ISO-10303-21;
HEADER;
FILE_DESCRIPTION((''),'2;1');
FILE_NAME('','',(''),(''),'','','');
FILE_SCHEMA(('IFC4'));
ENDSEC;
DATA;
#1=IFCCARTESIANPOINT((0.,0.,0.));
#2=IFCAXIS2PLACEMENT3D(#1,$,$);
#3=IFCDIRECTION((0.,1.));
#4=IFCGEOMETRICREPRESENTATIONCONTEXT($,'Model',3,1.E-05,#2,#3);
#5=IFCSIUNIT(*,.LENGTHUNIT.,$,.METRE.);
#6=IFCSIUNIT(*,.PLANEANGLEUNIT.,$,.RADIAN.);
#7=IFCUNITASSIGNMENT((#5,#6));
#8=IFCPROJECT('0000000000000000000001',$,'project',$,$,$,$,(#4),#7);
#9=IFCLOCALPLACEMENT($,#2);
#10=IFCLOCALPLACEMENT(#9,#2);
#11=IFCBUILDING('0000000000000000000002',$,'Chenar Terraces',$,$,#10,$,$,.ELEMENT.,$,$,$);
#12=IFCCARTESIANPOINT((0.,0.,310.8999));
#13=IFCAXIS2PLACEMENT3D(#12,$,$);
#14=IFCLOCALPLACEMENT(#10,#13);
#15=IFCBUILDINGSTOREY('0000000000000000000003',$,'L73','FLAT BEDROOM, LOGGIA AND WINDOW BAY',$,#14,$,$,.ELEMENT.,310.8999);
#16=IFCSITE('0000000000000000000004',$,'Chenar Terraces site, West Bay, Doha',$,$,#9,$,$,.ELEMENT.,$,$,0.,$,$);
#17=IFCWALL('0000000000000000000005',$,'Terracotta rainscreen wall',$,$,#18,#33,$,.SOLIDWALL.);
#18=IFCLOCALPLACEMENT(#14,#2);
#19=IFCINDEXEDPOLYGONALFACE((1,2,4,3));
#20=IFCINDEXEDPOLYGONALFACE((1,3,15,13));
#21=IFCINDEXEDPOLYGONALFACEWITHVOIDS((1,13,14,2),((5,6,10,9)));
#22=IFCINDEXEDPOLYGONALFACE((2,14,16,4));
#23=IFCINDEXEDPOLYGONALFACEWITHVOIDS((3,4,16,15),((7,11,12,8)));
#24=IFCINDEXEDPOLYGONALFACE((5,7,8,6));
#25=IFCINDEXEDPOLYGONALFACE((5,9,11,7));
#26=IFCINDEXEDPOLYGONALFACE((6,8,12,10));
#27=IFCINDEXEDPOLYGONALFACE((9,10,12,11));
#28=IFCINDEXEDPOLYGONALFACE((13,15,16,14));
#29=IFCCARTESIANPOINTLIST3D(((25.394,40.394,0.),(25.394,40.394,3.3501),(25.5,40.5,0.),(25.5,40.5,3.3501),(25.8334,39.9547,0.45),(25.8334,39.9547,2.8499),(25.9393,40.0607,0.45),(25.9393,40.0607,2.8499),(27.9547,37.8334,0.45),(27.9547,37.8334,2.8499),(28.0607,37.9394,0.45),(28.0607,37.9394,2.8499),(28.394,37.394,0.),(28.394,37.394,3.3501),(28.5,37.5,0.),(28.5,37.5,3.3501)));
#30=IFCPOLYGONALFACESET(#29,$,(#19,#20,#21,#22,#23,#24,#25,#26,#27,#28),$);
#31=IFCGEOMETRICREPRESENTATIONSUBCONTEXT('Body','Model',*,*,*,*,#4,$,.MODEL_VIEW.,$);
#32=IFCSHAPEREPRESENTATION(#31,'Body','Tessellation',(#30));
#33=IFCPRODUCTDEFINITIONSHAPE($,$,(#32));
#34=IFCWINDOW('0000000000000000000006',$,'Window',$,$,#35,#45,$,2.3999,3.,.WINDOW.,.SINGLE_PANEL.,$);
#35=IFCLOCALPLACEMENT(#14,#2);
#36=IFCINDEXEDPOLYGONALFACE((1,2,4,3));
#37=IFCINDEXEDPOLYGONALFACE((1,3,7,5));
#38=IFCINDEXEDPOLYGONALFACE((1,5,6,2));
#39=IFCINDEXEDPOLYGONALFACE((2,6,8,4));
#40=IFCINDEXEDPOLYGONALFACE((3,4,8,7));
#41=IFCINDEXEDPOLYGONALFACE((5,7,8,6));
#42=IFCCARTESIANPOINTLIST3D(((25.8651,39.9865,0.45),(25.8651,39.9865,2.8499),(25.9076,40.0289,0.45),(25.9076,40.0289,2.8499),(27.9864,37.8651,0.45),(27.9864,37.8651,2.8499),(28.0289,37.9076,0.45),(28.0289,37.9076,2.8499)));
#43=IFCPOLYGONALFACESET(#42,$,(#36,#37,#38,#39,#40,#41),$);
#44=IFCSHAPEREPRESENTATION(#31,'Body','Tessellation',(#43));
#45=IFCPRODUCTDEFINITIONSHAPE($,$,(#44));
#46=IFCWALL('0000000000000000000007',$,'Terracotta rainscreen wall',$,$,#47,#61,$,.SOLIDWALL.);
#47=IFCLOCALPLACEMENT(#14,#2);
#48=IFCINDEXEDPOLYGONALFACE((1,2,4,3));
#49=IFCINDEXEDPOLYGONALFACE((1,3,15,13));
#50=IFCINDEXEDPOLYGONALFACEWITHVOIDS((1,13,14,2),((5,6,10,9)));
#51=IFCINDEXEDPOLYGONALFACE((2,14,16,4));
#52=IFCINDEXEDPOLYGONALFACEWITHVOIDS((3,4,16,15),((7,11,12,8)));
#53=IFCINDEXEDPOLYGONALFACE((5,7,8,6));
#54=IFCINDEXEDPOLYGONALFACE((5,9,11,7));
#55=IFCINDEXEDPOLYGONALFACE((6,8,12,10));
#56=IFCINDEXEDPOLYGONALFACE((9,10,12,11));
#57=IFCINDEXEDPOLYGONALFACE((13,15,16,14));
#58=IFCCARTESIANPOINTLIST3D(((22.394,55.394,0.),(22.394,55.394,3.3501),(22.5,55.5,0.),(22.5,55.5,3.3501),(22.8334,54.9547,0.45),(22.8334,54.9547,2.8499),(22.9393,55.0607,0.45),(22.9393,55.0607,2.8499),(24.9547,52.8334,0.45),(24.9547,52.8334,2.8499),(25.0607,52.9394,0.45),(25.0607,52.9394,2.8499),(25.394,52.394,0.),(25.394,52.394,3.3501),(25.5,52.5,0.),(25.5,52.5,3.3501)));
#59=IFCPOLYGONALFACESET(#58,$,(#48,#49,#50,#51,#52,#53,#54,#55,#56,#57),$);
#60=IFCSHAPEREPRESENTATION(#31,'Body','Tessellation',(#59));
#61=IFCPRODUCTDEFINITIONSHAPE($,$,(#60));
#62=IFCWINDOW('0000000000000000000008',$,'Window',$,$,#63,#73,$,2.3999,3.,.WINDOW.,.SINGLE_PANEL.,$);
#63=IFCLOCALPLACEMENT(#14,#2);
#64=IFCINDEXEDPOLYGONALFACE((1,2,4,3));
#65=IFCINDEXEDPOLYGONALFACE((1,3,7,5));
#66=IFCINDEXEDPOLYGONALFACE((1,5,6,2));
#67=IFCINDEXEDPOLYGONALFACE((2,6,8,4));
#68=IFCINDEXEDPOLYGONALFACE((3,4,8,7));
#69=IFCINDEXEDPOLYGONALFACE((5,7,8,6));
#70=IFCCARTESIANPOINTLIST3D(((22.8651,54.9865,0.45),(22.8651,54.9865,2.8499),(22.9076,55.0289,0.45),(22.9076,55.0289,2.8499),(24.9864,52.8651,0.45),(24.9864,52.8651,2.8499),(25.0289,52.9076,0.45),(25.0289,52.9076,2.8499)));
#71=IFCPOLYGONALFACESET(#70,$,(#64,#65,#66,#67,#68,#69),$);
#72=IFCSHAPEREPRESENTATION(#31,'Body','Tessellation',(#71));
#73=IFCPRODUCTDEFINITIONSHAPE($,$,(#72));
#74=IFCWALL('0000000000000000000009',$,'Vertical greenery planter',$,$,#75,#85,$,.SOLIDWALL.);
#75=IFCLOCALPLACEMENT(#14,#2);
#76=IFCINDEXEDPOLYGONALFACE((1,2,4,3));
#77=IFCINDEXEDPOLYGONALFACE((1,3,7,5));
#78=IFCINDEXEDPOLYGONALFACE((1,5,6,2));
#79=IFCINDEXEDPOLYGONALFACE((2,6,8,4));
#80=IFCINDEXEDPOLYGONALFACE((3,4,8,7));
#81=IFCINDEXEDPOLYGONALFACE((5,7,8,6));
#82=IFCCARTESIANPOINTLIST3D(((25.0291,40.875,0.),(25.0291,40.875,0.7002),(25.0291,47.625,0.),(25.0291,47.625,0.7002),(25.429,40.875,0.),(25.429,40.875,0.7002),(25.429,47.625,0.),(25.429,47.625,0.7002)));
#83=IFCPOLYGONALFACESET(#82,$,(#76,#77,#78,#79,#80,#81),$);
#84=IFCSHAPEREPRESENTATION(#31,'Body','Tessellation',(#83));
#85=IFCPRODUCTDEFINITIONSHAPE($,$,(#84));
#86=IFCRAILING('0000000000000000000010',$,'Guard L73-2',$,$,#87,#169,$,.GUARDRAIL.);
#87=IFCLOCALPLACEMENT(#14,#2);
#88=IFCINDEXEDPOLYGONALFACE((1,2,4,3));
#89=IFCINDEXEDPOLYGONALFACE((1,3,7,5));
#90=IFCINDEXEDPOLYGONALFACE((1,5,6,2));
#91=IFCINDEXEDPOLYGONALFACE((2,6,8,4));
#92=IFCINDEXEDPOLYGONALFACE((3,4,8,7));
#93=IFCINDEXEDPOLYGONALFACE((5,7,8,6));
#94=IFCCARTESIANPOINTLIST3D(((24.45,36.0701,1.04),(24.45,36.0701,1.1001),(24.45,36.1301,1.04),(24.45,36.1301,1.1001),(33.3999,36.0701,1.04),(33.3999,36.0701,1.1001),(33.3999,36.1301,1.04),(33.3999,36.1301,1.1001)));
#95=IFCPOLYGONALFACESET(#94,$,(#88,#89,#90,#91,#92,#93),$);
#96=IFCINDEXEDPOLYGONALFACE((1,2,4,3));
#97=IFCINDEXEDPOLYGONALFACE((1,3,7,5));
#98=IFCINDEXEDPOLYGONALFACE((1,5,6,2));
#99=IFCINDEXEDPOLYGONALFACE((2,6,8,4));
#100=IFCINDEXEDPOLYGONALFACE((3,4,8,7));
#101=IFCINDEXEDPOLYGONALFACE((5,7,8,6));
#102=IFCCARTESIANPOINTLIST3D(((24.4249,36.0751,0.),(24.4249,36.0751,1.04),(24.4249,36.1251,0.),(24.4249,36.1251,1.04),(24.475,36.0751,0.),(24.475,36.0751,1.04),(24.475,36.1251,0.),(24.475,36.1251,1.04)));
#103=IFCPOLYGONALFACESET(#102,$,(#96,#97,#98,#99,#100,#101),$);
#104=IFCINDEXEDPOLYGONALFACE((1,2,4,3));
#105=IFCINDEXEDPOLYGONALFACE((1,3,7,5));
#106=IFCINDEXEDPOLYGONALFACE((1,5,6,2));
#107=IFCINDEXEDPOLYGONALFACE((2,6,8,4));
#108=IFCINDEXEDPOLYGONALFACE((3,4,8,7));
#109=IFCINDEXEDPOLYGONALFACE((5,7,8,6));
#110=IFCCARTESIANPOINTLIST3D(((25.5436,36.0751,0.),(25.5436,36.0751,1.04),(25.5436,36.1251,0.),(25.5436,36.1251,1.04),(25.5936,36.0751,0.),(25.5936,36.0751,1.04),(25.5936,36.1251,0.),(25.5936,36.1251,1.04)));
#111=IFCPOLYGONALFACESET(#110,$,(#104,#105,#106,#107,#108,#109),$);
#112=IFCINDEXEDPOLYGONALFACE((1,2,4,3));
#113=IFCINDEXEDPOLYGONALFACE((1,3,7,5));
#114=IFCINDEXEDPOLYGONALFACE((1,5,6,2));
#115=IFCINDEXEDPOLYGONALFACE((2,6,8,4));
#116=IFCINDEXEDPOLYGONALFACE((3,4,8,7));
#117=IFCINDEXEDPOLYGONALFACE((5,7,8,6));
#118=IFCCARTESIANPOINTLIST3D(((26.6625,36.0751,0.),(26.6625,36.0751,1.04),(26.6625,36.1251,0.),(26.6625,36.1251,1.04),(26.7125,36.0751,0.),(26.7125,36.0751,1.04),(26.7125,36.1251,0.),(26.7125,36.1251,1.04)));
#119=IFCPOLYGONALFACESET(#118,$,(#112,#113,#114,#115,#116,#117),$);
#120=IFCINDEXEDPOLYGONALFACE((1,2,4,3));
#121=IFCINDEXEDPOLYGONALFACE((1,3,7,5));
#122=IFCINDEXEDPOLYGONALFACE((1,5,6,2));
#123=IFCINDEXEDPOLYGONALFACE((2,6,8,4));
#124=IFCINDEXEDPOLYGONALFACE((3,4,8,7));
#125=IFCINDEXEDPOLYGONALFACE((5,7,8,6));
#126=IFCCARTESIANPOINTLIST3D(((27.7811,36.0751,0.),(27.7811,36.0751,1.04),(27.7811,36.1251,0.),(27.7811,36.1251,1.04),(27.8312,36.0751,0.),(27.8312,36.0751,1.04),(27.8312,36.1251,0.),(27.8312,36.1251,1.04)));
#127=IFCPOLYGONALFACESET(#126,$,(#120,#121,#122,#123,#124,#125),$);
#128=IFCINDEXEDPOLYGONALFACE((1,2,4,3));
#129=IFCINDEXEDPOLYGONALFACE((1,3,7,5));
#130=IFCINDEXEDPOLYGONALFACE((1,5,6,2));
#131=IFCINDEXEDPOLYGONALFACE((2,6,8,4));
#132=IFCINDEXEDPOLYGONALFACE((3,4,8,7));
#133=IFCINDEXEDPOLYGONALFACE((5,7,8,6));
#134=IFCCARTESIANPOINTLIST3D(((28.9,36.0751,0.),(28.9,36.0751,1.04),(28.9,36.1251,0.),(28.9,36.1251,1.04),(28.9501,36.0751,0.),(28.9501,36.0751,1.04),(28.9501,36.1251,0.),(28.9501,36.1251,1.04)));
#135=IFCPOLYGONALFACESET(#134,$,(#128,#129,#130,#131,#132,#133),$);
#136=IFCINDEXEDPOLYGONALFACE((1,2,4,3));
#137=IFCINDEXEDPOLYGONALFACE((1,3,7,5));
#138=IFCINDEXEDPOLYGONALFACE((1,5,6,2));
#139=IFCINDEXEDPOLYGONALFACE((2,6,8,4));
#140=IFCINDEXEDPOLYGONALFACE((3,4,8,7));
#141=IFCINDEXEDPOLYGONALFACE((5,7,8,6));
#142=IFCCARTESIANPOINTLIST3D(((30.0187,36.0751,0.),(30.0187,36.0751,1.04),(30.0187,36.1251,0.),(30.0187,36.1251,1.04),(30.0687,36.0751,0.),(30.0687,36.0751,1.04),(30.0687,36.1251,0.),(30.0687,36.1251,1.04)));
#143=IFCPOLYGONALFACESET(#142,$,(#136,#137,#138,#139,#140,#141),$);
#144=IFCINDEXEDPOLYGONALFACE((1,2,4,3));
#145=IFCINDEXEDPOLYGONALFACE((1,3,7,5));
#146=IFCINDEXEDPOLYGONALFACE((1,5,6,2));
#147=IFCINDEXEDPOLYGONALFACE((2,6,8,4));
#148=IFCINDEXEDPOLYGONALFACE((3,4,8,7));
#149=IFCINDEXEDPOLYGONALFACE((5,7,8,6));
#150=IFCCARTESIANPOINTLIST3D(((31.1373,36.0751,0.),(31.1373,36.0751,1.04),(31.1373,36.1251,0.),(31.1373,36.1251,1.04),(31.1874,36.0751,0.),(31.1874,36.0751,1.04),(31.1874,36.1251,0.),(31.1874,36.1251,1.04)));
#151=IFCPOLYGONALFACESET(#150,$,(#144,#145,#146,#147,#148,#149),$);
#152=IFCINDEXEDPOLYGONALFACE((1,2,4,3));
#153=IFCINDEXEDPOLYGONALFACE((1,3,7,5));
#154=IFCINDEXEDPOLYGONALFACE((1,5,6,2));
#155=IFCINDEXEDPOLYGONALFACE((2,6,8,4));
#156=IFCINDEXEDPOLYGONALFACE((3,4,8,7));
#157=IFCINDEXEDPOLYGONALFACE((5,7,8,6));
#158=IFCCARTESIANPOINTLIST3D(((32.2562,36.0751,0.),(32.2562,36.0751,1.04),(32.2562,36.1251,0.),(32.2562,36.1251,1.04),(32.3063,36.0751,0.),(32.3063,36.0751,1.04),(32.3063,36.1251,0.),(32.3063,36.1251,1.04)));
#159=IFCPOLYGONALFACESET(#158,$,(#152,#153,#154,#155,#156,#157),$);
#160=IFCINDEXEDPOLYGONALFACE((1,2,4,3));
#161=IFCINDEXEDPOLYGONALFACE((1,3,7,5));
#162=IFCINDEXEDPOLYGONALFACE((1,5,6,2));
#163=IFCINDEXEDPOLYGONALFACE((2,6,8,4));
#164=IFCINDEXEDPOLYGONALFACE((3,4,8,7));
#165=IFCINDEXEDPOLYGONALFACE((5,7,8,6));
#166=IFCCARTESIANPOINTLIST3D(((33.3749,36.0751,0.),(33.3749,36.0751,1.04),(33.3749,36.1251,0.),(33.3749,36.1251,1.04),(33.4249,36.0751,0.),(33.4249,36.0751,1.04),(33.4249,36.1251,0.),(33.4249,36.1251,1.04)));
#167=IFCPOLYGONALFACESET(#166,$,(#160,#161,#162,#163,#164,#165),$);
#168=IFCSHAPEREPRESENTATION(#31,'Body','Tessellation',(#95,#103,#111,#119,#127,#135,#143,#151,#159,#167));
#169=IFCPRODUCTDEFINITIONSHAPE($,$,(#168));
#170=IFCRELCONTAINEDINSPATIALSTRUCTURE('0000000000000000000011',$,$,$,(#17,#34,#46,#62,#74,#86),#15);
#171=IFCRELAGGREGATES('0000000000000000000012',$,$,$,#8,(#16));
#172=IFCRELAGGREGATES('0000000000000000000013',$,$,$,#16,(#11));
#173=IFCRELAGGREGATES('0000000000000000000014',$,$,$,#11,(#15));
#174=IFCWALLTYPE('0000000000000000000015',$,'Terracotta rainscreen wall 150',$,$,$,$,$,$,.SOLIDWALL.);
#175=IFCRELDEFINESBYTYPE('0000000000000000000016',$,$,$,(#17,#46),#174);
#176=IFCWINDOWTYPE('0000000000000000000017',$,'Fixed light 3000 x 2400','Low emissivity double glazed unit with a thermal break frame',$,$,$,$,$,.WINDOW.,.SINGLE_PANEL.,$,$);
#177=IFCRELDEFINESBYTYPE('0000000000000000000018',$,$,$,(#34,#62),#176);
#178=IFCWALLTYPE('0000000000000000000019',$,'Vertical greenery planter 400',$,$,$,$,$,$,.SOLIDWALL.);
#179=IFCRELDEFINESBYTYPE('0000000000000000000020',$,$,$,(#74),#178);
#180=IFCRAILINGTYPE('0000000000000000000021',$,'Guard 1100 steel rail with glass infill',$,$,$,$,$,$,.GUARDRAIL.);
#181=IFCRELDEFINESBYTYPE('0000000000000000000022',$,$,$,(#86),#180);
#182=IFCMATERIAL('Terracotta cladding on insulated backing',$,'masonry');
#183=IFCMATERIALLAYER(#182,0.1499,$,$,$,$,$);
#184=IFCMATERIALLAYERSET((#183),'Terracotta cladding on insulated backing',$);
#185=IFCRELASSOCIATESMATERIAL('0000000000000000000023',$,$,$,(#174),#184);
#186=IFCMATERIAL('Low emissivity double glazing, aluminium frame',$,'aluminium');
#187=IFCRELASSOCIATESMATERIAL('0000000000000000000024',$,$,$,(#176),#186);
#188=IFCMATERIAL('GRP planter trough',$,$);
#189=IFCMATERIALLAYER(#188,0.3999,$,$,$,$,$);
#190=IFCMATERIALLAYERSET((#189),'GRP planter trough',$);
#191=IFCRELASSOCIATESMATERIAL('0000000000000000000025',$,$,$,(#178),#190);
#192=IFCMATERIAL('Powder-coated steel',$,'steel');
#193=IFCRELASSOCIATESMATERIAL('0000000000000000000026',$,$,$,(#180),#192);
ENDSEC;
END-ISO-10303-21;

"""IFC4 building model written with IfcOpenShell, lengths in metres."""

from ifc_helpers import new_model, si_unit, direction, frame, frame_2d, origin, origin_2d, place, context, subcontext, project, spatial, rectangle, extrude, material, layer, layer_set, type_object, element, fill, save


model = new_model("IFC4")

# Units and contexts
model_context = context("Model", 3, precision=1e-05, world=origin(), true_north=direction((0.0, 1.0)))
body_context = subcontext(model_context, "Body", "Model", "MODEL_VIEW")
ifc_project = project(units=[si_unit("LENGTHUNIT", "METRE"), si_unit("PLANEANGLEUNIT", "RADIAN")], contexts=[model_context])

# Site, building, storey
site_placement = place(None, origin())
site = spatial("IfcSite", under=ifc_project, at=site_placement, Name="Chenar Terraces site, West Bay, Doha", CompositionType="ELEMENT", RefElevation=0.0)
building_placement = place(site_placement, origin())
building = spatial("IfcBuilding", under=site, at=building_placement, Name="Chenar Terraces", CompositionType="ELEMENT")
storey_placement = place(building_placement, frame((0.0, 0.0, 310.8999)))
storey = spatial("IfcBuildingStorey", under=building, at=storey_placement, Name="L73", Description="FLAT BEDROOM, LOGGIA AND WINDOW BAY", CompositionType="ELEMENT", Elevation=310.8999)

# Walls, openings, windows
ifc_material_1 = material(Name="Terracotta cladding on insulated backing", Category="masonry")
ifc_layer_1 = layer(ifc_material_1, 0.1499)
ifc_layer_set_1 = layer_set([ifc_layer_1], Name="Terracotta cladding on insulated backing")
wall_type_1 = type_object("IfcWallType", Name="Terracotta rainscreen wall 150", PredefinedType="SOLIDWALL", material=ifc_layer_set_1)
wall_1_placement = place(storey_placement, frame((28.447, 37.447, 0.0), z_axis=(0.0, 0.0, 1.0), x_axis=(-0.707107, 0.707107, 0.0)))
wall_1 = element("IfcWall", 1, at=wall_1_placement, inside=storey, type_object=wall_type_1, Name="Terracotta rainscreen wall", PredefinedType="SOLIDWALL", context=body_context, shape_type="SweptSolid", body=[
    extrude(rectangle(XDim=4.2427, YDim=0.1499, at=frame_2d((2.1213, 0.0))), origin(), (0.0, 0.0, 1.0), 3.3501),
])
opening_1_placement = place(wall_1_placement, frame((0.6213, 0.0, 0.45)))
opening_1 = element("IfcOpeningElement", 2, at=opening_1_placement, cuts=wall_1, PredefinedType="OPENING", context=body_context, shape_type="SweptSolid", body=[
    extrude(rectangle(XDim=3.0, YDim=2.3999, at=frame_2d((1.5, 1.2))), frame((0.0, 0.085, 0.0), z_axis=(0.0, -1.0, 0.0), x_axis=(1.0, 0.0, 0.0)), (0.0, 0.0, 1.0), 0.1699),
])
ifc_material_2 = material(Name="Low emissivity double glazing, aluminium frame", Category="aluminium")
window_type_1 = type_object("IfcWindowType", Name="Fixed light 3000 x 2400", Description="Low emissivity double glazed unit with a thermal break frame", PartitioningType="SINGLE_PANEL", PredefinedType="WINDOW", material=ifc_material_2)
window_1_placement = place(opening_1_placement, origin())
window_1 = element("IfcWindow", 3, at=window_1_placement, inside=storey, type_object=window_type_1, Name="Window", OverallHeight=2.3999, OverallWidth=3.0, PartitioningType="SINGLE_PANEL", PredefinedType="WINDOW", context=body_context, shape_type="SweptSolid", body=[
    extrude(rectangle(XDim=3.0, YDim=2.3999, at=frame_2d((1.5, 1.2))), frame((0.0, 0.03, 0.0), z_axis=(0.0, -1.0, 0.0), x_axis=(1.0, 0.0, 0.0)), (0.0, 0.0, 1.0), 0.0601),
])
fill(opening_1, window_1)
wall_2_placement = place(storey_placement, frame((25.447, 52.447, 0.0), z_axis=(0.0, 0.0, 1.0), x_axis=(-0.707107, 0.707107, 0.0)))
wall_2 = element("IfcWall", 4, at=wall_2_placement, inside=storey, type_object=wall_type_1, Name="Terracotta rainscreen wall", PredefinedType="SOLIDWALL", context=body_context, shape_type="SweptSolid", body=[
    extrude(rectangle(XDim=4.2427, YDim=0.1499, at=frame_2d((2.1213, 0.0))), origin(), (0.0, 0.0, 1.0), 3.3501),
])
opening_2_placement = place(wall_2_placement, frame((0.6213, 0.0, 0.45)))
opening_2 = element("IfcOpeningElement", 5, at=opening_2_placement, cuts=wall_2, PredefinedType="OPENING", context=body_context, shape_type="SweptSolid", body=[
    extrude(rectangle(XDim=3.0, YDim=2.3999, at=frame_2d((1.5, 1.2))), frame((0.0, 0.085, 0.0), z_axis=(0.0, -1.0, 0.0), x_axis=(1.0, 0.0, 0.0)), (0.0, 0.0, 1.0), 0.1699),
])
window_2_placement = place(opening_2_placement, origin())
window_2 = element("IfcWindow", 6, at=window_2_placement, inside=storey, type_object=window_type_1, Name="Window", OverallHeight=2.3999, OverallWidth=3.0, PartitioningType="SINGLE_PANEL", PredefinedType="WINDOW", context=body_context, shape_type="SweptSolid", body=[
    extrude(rectangle(XDim=3.0, YDim=2.3999, at=frame_2d((1.5, 1.2))), frame((0.0, 0.03, 0.0), z_axis=(0.0, -1.0, 0.0), x_axis=(1.0, 0.0, 0.0)), (0.0, 0.0, 1.0), 0.0601),
])
fill(opening_2, window_2)

# Wall
ifc_material_3 = material(Name="GRP planter trough")
ifc_layer_2 = layer(ifc_material_3, 0.3999)
ifc_layer_set_2 = layer_set([ifc_layer_2], Name="GRP planter trough")
wall_type_2 = type_object("IfcWallType", Name="Vertical greenery planter 400", PredefinedType="SOLIDWALL", material=ifc_layer_set_2)
wall_3_placement = place(storey_placement, frame((25.229, 40.875, 0.0), z_axis=(0.0, 0.0, 1.0), x_axis=(0.0, 1.0, 0.0)))
element("IfcWall", 7, at=wall_3_placement, inside=storey, type_object=wall_type_2, Name="Vertical greenery planter", PredefinedType="SOLIDWALL", context=body_context, shape_type="SweptSolid", body=[
    extrude(rectangle(XDim=6.75, YDim=0.3999, at=frame_2d((3.375, 0.0))), origin(), (0.0, 0.0, 1.0), 0.7002),
])

# Railing
ifc_material_4 = material(Name="Powder-coated steel", Category="steel")
railing_type_1 = type_object("IfcRailingType", Name="Guard 1100 steel rail with glass infill", PredefinedType="GUARDRAIL", material=ifc_material_4)
railing_1_placement = place(storey_placement, frame((24.45, 36.1001, 0.0)))
element("IfcRailing", 8, at=railing_1_placement, inside=storey, type_object=railing_type_1, Name="Guard L73-2", PredefinedType="GUARDRAIL", context=body_context, shape_type="SweptSolid", body=[
    extrude(rectangle(XDim=0.0601, YDim=0.0601, at=origin_2d()), frame((0.0, 0.0, 1.0701), z_axis=(1.0, 0.0, 0.0), x_axis=(0.0, 1.0, 0.0)), (0.0, 0.0, 1.0), 8.95),
    extrude(rectangle(XDim=0.05, YDim=0.05, at=origin_2d()), origin(), (0.0, 0.0, 1.0), 1.04),
    extrude(rectangle(XDim=0.05, YDim=0.05, at=origin_2d()), frame((1.1187, 0.0, 0.0)), (0.0, 0.0, 1.0), 1.04),
    extrude(rectangle(XDim=0.05, YDim=0.05, at=origin_2d()), frame((2.2375, 0.0, 0.0)), (0.0, 0.0, 1.0), 1.04),
    extrude(rectangle(XDim=0.05, YDim=0.05, at=origin_2d()), frame((3.3562, 0.0, 0.0)), (0.0, 0.0, 1.0), 1.04),
    extrude(rectangle(XDim=0.05, YDim=0.05, at=origin_2d()), frame((4.4751, 0.0, 0.0)), (0.0, 0.0, 1.0), 1.04),
    extrude(rectangle(XDim=0.05, YDim=0.05, at=origin_2d()), frame((5.5938, 0.0, 0.0)), (0.0, 0.0, 1.0), 1.04),
    extrude(rectangle(XDim=0.05, YDim=0.05, at=origin_2d()), frame((6.7124, 0.0, 0.0)), (0.0, 0.0, 1.0), 1.04),
    extrude(rectangle(XDim=0.05, YDim=0.05, at=origin_2d()), frame((7.8313, 0.0, 0.0)), (0.0, 0.0, 1.0), 1.04),
    extrude(rectangle(XDim=0.05, YDim=0.05, at=origin_2d()), frame((8.95, 0.0, 0.0)), (0.0, 0.0, 1.0), 1.04),
])

save(model, "model.ifc")
